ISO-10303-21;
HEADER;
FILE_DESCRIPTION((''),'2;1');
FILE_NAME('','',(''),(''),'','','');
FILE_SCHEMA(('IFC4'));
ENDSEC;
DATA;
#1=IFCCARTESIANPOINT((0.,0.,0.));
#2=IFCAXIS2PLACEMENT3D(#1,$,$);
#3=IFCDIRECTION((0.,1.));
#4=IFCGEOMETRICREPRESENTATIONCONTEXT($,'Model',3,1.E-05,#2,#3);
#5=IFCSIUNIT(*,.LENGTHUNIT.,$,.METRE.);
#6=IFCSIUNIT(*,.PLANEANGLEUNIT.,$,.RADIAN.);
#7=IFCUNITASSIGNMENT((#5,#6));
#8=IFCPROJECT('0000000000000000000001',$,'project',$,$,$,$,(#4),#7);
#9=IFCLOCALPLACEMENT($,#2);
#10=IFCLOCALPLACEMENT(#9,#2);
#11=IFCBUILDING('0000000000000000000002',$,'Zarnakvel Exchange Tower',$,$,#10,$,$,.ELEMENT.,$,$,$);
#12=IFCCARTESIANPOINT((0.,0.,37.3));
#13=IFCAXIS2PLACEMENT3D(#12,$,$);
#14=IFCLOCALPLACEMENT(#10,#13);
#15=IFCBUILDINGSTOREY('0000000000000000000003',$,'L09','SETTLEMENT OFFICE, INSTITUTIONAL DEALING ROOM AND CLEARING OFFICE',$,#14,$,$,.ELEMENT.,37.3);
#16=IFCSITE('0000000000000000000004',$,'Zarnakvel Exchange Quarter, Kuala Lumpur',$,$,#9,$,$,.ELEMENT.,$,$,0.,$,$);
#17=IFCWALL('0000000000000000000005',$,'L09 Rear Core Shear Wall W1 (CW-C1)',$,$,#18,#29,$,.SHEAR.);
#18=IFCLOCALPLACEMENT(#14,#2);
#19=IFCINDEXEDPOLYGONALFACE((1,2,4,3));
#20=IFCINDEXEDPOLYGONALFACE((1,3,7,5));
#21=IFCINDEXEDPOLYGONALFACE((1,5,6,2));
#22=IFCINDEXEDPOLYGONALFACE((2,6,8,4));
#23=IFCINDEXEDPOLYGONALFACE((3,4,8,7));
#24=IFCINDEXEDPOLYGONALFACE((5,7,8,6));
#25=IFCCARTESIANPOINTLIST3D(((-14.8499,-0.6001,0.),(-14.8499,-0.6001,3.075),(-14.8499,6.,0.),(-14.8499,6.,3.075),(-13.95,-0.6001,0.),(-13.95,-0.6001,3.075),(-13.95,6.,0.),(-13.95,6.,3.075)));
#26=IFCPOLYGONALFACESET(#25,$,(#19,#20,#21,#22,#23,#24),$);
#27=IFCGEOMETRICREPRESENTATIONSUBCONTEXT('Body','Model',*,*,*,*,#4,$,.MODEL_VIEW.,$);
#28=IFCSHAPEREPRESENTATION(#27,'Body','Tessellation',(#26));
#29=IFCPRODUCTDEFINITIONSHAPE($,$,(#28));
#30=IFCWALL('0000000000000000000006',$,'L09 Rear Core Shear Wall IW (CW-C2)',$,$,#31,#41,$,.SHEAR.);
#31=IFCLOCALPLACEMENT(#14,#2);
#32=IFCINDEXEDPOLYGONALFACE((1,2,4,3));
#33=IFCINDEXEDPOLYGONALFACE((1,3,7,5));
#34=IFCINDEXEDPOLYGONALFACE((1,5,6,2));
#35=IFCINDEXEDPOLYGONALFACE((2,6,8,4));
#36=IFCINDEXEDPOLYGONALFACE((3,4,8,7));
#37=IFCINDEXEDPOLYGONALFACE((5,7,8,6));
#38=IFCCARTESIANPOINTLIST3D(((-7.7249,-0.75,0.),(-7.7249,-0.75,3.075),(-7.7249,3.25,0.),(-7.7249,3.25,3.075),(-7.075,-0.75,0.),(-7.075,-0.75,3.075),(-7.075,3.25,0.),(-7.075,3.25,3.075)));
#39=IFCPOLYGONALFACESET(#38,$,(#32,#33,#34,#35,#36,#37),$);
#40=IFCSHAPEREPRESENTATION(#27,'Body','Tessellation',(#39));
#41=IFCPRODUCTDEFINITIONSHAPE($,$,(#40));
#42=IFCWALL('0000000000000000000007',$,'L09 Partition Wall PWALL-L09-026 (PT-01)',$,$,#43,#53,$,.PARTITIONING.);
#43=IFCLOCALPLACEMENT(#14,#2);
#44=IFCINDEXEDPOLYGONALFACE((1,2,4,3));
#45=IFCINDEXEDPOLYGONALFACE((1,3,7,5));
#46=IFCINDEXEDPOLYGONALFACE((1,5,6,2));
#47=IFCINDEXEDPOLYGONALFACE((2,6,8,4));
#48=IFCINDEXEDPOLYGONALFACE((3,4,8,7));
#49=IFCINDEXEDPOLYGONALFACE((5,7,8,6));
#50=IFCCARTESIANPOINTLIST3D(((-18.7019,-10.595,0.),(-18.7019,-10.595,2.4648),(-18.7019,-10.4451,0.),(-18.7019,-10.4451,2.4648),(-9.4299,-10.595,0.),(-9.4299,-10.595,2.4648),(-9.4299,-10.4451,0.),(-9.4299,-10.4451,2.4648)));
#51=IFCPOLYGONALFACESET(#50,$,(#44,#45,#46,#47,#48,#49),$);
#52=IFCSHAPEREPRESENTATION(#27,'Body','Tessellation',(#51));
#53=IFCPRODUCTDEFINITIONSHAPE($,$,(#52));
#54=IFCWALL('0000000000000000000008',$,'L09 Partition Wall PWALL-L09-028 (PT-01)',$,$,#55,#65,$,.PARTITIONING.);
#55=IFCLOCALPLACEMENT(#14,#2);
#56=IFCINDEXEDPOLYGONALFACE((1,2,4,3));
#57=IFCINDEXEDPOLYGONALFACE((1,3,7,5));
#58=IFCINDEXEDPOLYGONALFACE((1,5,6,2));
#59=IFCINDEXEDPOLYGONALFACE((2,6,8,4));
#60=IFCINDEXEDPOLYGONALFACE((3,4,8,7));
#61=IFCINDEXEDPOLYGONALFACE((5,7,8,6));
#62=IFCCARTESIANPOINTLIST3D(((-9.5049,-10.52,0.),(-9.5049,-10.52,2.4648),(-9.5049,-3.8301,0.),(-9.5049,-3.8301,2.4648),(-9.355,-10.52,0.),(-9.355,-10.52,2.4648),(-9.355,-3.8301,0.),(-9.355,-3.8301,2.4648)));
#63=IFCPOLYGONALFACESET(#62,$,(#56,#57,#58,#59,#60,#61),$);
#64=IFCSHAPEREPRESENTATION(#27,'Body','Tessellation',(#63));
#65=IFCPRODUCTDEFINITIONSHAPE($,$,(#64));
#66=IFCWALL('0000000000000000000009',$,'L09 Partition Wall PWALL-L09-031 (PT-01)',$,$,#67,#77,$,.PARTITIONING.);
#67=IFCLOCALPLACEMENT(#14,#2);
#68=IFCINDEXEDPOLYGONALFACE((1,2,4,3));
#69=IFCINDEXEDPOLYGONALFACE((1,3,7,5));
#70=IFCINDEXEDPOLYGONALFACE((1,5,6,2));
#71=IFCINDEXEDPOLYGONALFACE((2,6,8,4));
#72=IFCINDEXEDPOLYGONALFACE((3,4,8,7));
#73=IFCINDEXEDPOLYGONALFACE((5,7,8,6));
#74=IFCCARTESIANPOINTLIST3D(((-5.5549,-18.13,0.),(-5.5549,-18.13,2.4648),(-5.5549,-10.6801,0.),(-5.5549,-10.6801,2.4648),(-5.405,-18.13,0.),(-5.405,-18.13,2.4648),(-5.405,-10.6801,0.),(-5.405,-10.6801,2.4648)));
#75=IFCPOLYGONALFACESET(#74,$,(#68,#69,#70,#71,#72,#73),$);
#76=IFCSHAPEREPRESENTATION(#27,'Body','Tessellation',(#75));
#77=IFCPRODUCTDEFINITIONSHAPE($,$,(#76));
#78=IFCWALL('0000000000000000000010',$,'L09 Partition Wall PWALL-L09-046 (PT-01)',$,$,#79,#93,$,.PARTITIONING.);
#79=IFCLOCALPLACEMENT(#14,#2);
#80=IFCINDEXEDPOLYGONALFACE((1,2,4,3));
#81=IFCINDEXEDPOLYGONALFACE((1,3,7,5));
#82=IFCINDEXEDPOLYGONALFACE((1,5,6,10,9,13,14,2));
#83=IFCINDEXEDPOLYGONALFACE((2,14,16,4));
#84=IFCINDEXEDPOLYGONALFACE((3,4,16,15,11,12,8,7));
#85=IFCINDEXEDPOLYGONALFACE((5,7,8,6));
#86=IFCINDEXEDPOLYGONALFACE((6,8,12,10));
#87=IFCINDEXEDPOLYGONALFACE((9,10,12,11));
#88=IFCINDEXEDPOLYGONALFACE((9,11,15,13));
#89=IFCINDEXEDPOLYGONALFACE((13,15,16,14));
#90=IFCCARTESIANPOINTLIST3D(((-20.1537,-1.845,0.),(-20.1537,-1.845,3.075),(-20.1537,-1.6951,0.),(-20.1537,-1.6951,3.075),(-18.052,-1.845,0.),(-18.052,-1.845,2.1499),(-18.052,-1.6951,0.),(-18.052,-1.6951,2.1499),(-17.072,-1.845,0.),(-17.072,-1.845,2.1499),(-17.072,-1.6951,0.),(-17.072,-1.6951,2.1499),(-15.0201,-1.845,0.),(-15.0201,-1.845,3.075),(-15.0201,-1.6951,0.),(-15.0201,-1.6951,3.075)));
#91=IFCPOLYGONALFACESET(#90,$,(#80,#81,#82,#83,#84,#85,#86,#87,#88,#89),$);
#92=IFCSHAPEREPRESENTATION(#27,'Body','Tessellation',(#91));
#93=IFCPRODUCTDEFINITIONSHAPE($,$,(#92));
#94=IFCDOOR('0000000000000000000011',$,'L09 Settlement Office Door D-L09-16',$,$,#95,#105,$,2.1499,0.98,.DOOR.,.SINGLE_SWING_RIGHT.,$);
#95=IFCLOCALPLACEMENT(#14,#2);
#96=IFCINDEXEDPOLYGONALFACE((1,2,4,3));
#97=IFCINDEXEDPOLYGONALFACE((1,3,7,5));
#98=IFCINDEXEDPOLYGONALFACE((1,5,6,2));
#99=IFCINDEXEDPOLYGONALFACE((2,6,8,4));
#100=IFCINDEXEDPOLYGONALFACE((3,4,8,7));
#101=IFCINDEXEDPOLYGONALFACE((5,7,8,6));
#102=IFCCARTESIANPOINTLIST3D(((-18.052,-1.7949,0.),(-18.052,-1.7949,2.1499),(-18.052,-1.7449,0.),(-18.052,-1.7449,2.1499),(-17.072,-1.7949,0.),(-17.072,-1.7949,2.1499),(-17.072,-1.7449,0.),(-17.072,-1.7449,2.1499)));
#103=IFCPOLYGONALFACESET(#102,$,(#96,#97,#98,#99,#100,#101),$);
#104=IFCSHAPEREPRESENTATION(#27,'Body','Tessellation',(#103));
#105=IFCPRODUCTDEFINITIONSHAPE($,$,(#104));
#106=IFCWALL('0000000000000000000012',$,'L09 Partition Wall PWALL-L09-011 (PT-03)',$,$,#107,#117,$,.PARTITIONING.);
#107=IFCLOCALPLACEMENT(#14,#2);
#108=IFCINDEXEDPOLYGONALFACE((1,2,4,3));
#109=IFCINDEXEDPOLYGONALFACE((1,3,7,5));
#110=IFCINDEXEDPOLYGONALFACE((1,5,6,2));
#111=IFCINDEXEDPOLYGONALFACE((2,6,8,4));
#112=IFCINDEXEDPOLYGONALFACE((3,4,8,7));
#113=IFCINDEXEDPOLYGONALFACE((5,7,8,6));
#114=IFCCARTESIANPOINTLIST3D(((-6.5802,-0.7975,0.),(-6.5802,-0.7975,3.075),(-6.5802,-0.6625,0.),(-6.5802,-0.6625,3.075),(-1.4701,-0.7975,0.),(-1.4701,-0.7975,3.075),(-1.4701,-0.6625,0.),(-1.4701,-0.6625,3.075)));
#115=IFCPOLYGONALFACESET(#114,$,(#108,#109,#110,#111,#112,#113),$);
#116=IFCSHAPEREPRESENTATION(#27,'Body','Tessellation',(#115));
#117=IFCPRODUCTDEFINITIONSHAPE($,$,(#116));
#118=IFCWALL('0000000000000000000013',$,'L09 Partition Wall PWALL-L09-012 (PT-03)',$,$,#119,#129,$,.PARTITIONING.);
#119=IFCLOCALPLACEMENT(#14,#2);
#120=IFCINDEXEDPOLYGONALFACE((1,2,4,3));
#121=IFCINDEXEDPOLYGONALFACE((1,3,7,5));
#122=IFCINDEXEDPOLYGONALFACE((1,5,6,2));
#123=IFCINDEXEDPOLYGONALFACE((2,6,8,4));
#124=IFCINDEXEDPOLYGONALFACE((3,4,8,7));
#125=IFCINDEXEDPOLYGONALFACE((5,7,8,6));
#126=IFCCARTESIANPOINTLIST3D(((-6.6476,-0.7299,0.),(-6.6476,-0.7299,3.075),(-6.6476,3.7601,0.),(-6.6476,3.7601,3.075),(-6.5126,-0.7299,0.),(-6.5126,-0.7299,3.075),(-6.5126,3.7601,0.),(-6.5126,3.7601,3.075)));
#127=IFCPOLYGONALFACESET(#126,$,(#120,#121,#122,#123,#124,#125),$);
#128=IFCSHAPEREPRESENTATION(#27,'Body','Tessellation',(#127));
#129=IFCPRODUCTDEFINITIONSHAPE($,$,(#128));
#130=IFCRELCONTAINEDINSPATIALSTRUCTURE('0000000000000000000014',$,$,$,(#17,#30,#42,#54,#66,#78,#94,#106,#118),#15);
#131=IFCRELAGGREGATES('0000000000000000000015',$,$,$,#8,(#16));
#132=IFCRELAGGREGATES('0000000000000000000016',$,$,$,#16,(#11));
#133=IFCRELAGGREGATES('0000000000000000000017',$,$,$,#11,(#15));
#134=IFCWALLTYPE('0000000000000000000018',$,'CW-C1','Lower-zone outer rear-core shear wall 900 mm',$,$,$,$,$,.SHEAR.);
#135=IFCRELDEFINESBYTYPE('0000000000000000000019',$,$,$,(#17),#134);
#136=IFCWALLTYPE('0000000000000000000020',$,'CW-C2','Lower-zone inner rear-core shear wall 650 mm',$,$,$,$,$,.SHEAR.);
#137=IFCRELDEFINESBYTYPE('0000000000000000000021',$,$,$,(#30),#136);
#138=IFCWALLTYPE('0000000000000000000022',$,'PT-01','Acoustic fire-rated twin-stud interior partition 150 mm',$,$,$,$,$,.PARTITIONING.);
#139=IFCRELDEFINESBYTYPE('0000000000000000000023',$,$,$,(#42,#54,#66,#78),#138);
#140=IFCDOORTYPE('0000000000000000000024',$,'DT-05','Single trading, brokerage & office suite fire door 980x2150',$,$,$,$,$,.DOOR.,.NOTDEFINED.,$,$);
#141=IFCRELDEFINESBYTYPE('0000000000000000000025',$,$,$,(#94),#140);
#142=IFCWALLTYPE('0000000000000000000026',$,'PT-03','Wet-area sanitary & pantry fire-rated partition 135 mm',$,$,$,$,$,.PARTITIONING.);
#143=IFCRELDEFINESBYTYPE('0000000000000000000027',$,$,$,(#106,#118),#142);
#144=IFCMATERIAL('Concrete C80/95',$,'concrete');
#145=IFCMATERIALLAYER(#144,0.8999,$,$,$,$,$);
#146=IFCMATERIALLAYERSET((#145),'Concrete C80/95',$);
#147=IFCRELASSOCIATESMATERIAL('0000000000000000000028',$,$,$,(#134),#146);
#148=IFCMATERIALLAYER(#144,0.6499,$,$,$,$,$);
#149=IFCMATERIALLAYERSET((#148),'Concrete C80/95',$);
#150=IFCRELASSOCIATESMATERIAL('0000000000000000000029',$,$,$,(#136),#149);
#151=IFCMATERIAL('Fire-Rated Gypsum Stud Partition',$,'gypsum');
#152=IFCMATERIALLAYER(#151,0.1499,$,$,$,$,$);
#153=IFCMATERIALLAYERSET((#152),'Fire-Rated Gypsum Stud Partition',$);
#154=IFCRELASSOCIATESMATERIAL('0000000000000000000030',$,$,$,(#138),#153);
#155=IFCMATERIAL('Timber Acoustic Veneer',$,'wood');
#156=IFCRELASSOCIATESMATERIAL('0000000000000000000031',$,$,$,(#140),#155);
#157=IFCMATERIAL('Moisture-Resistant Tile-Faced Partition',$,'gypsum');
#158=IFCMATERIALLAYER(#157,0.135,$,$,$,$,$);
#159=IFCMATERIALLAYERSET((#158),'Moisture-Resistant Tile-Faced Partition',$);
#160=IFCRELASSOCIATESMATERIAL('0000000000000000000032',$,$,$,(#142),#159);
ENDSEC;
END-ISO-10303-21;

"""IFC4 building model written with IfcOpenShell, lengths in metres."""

from ifc_helpers import new_model, si_unit, direction, frame, frame_2d, origin, place, context, subcontext, project, spatial, rectangle, extrude, source, transform, mapped, material, layer, layer_set, type_object, element, fill, save


model = new_model("IFC4")

# Units and contexts
model_context = context("Model", 3, precision=1e-05, world=origin(), true_north=direction((0.0, 1.0)))
body_context = subcontext(model_context, "Body", "Model", "MODEL_VIEW")
ifc_project = project(units=[si_unit("LENGTHUNIT", "METRE"), si_unit("PLANEANGLEUNIT", "RADIAN")], contexts=[model_context])

# Site, building, storey
site_placement = place(None, origin())
site = spatial("IfcSite", under=ifc_project, at=site_placement, Name="Zarnakvel Exchange Quarter, Kuala Lumpur", CompositionType="ELEMENT", RefElevation=0.0)
building_placement = place(site_placement, origin())
building = spatial("IfcBuilding", under=site, at=building_placement, Name="Zarnakvel Exchange Tower", CompositionType="ELEMENT")
storey_placement = place(building_placement, frame((0.0, 0.0, 37.3)))
storey = spatial("IfcBuildingStorey", under=building, at=storey_placement, Name="L09", Description="SETTLEMENT OFFICE, INSTITUTIONAL DEALING ROOM AND CLEARING OFFICE", CompositionType="ELEMENT", Elevation=37.3)

# Shared definitions
ifc_material_1 = material(Name="Concrete C80/95", Category="concrete")

# Wall
ifc_layer_1 = layer(ifc_material_1, 0.8999)
ifc_layer_set_1 = layer_set([ifc_layer_1], Name="Concrete C80/95")
wall_type_1 = type_object("IfcWallType", Name="CW-C1", Description="Lower-zone outer rear-core shear wall 900 mm", PredefinedType="SHEAR", material=ifc_layer_set_1)
wall_1_placement = place(storey_placement, frame((-14.3999, -0.6001, 0.0), z_axis=(0.0, 0.0, 1.0), x_axis=(0.0, 1.0, 0.0)))
element("IfcWall", 1, at=wall_1_placement, inside=storey, type_object=wall_type_1, Name="L09 Rear Core Shear Wall W1 (CW-C1)", PredefinedType="SHEAR", context=body_context, shape_type="SweptSolid", body=[
    extrude(rectangle(XDim=6.6001, YDim=0.8999, at=frame_2d((3.3, 0.0))), origin(), (0.0, 0.0, 1.0), 3.075),
])

# Walls
ifc_layer_2 = layer(ifc_material_1, 0.6499)
ifc_layer_set_2 = layer_set([ifc_layer_2], Name="Concrete C80/95")
wall_type_2 = type_object("IfcWallType", Name="CW-C2", Description="Lower-zone inner rear-core shear wall 650 mm", PredefinedType="SHEAR", material=ifc_layer_set_2)
wall_2_placement = place(storey_placement, frame((-7.3999, -0.75, 0.0), z_axis=(0.0, 0.0, 1.0), x_axis=(0.0, 1.0, 0.0)))
element("IfcWall", 2, at=wall_2_placement, inside=storey, type_object=wall_type_2, Name="L09 Rear Core Shear Wall IW (CW-C2)", PredefinedType="SHEAR", context=body_context, shape_type="SweptSolid", body=[
    extrude(rectangle(XDim=4.0, YDim=0.6499, at=frame_2d((2.0, 0.0))), origin(), (0.0, 0.0, 1.0), 3.075),
])
ifc_material_2 = material(Name="Fire-Rated Gypsum Stud Partition", Category="gypsum")
ifc_layer_3 = layer(ifc_material_2, 0.1499)
ifc_layer_set_3 = layer_set([ifc_layer_3], Name="Fire-Rated Gypsum Stud Partition")
wall_type_3 = type_object("IfcWallType", Name="PT-01", Description="Acoustic fire-rated twin-stud interior partition 150 mm", PredefinedType="PARTITIONING", material=ifc_layer_set_3)
wall_3_placement = place(storey_placement, frame((-9.4299, -10.52, 0.0), z_axis=(0.0, 0.0, 1.0), x_axis=(-1.0, 0.0, 0.0)))
element("IfcWall", 3, at=wall_3_placement, inside=storey, type_object=wall_type_3, Name="L09 Partition Wall PWALL-L09-026 (PT-01)", PredefinedType="PARTITIONING", context=body_context, shape_type="SweptSolid", body=[
    extrude(rectangle(XDim=9.272, YDim=0.1499, at=frame_2d((4.636, 0.0))), origin(), (0.0, 0.0, 1.0), 2.4648),
])
wall_4_placement = place(storey_placement, frame((-9.4299, -3.8301, 0.0), z_axis=(0.0, 0.0, 1.0), x_axis=(0.0, -1.0, 0.0)))
element("IfcWall", 4, at=wall_4_placement, inside=storey, type_object=wall_type_3, Name="L09 Partition Wall PWALL-L09-028 (PT-01)", PredefinedType="PARTITIONING", context=body_context, shape_type="SweptSolid", body=[
    extrude(rectangle(XDim=6.6899, YDim=0.1499, at=frame_2d((3.345, 0.0))), origin(), (0.0, 0.0, 1.0), 2.4648),
])
wall_5_placement = place(storey_placement, frame((-5.48, -10.6799, 0.0), z_axis=(0.0, 0.0, 1.0), x_axis=(0.0, -1.0, 0.0)))
element("IfcWall", 5, at=wall_5_placement, inside=storey, type_object=wall_type_3, Name="L09 Partition Wall PWALL-L09-031 (PT-01)", PredefinedType="PARTITIONING", context=body_context, shape_type="SweptSolid", body=[
    extrude(rectangle(XDim=7.45, YDim=0.1499, at=frame_2d((3.7251, 0.0))), origin(), (0.0, 0.0, 1.0), 2.4648),
])

# Wall, opening, door
wall_6_placement = place(storey_placement, frame((-15.02, -1.77, 0.0), z_axis=(0.0, 0.0, 1.0), x_axis=(-1.0, 0.0, 0.0)))
wall_6 = element("IfcWall", 6, at=wall_6_placement, inside=storey, type_object=wall_type_3, Name="L09 Partition Wall PWALL-L09-046 (PT-01)", PredefinedType="PARTITIONING", context=body_context, shape_type="SweptSolid", body=[
    extrude(rectangle(XDim=5.1335, YDim=0.1499, at=frame_2d((2.5669, 0.0))), origin(), (0.0, 0.0, 1.0), 3.075),
])
opening_1_placement = place(wall_6_placement, frame((2.052, 0.0, 0.0)))
opening_1 = element("IfcOpeningElement", 7, at=opening_1_placement, cuts=wall_6, PredefinedType="OPENING", context=body_context, shape_type="SweptSolid", body=[
    extrude(rectangle(XDim=0.98, YDim=2.1499, at=frame_2d((0.49, 1.075))), frame((0.0, 0.085, 0.0), z_axis=(0.0, -1.0, 0.0), x_axis=(1.0, 0.0, 0.0)), (0.0, 0.0, 1.0), 0.1699),
])
ifc_material_3 = material(Name="Timber Acoustic Veneer", Category="wood")
door_type_1 = type_object("IfcDoorType", Name="DT-05", Description="Single trading, brokerage & office suite fire door 980x2150", OperationType="NOTDEFINED", PredefinedType="DOOR", material=ifc_material_3)
shared_shape_1 = source(origin(), body_context, "Body", "SweptSolid", [
    extrude(rectangle(XDim=0.98, YDim=2.1499, at=frame_2d((0.49, 1.075))), frame((0.0, 0.0249, 0.0), z_axis=(0.0, -1.0, 0.0), x_axis=(1.0, 0.0, 0.0)), (0.0, 0.0, 1.0), 0.05),
])
door_1_placement = place(opening_1_placement, origin())
door_1 = element("IfcDoor", 8, at=door_1_placement, inside=storey, type_object=door_type_1, Name="L09 Settlement Office Door D-L09-16", OperationType="SINGLE_SWING_RIGHT", OverallHeight=2.1499, OverallWidth=0.98, PredefinedType="DOOR", context=body_context, shape_type="MappedRepresentation", body=[
    mapped(shared_shape_1, transform((0.0, 0.0, 0.0), x_axis=(1.0, 0.0, 0.0), y_axis=(0.0, 1.0, 0.0), z_axis=(0.0, 0.0, 1.0), scale=1.0)),
])
fill(opening_1, door_1)

# Walls
ifc_material_4 = material(Name="Moisture-Resistant Tile-Faced Partition", Category="gypsum")
ifc_layer_4 = layer(ifc_material_4, 0.135)
ifc_layer_set_4 = layer_set([ifc_layer_4], Name="Moisture-Resistant Tile-Faced Partition")
wall_type_4 = type_object("IfcWallType", Name="PT-03", Description="Wet-area sanitary & pantry fire-rated partition 135 mm", PredefinedType="PARTITIONING", material=ifc_layer_set_4)
wall_7_placement = place(storey_placement, frame((-1.47, -0.73, 0.0), z_axis=(0.0, 0.0, 1.0), x_axis=(-1.0, 0.0, 0.0)))
element("IfcWall", 9, at=wall_7_placement, inside=storey, type_object=wall_type_4, Name="L09 Partition Wall PWALL-L09-011 (PT-03)", PredefinedType="PARTITIONING", context=body_context, shape_type="SweptSolid", body=[
    extrude(rectangle(XDim=5.1101, YDim=0.135, at=frame_2d((2.5552, 0.0))), origin(), (0.0, 0.0, 1.0), 3.075),
])
wall_8_placement = place(storey_placement, frame((-6.5801, -0.73, 0.0), z_axis=(0.0, 0.0, 1.0), x_axis=(0.0, 1.0, 0.0)))
element("IfcWall", 10, at=wall_8_placement, inside=storey, type_object=wall_type_4, Name="L09 Partition Wall PWALL-L09-012 (PT-03)", PredefinedType="PARTITIONING", context=body_context, shape_type="SweptSolid", body=[
    extrude(rectangle(XDim=4.49, YDim=0.135, at=frame_2d((2.2451, 0.0))), origin(), (0.0, 0.0, 1.0), 3.075),
])

save(model, "model.ifc")
